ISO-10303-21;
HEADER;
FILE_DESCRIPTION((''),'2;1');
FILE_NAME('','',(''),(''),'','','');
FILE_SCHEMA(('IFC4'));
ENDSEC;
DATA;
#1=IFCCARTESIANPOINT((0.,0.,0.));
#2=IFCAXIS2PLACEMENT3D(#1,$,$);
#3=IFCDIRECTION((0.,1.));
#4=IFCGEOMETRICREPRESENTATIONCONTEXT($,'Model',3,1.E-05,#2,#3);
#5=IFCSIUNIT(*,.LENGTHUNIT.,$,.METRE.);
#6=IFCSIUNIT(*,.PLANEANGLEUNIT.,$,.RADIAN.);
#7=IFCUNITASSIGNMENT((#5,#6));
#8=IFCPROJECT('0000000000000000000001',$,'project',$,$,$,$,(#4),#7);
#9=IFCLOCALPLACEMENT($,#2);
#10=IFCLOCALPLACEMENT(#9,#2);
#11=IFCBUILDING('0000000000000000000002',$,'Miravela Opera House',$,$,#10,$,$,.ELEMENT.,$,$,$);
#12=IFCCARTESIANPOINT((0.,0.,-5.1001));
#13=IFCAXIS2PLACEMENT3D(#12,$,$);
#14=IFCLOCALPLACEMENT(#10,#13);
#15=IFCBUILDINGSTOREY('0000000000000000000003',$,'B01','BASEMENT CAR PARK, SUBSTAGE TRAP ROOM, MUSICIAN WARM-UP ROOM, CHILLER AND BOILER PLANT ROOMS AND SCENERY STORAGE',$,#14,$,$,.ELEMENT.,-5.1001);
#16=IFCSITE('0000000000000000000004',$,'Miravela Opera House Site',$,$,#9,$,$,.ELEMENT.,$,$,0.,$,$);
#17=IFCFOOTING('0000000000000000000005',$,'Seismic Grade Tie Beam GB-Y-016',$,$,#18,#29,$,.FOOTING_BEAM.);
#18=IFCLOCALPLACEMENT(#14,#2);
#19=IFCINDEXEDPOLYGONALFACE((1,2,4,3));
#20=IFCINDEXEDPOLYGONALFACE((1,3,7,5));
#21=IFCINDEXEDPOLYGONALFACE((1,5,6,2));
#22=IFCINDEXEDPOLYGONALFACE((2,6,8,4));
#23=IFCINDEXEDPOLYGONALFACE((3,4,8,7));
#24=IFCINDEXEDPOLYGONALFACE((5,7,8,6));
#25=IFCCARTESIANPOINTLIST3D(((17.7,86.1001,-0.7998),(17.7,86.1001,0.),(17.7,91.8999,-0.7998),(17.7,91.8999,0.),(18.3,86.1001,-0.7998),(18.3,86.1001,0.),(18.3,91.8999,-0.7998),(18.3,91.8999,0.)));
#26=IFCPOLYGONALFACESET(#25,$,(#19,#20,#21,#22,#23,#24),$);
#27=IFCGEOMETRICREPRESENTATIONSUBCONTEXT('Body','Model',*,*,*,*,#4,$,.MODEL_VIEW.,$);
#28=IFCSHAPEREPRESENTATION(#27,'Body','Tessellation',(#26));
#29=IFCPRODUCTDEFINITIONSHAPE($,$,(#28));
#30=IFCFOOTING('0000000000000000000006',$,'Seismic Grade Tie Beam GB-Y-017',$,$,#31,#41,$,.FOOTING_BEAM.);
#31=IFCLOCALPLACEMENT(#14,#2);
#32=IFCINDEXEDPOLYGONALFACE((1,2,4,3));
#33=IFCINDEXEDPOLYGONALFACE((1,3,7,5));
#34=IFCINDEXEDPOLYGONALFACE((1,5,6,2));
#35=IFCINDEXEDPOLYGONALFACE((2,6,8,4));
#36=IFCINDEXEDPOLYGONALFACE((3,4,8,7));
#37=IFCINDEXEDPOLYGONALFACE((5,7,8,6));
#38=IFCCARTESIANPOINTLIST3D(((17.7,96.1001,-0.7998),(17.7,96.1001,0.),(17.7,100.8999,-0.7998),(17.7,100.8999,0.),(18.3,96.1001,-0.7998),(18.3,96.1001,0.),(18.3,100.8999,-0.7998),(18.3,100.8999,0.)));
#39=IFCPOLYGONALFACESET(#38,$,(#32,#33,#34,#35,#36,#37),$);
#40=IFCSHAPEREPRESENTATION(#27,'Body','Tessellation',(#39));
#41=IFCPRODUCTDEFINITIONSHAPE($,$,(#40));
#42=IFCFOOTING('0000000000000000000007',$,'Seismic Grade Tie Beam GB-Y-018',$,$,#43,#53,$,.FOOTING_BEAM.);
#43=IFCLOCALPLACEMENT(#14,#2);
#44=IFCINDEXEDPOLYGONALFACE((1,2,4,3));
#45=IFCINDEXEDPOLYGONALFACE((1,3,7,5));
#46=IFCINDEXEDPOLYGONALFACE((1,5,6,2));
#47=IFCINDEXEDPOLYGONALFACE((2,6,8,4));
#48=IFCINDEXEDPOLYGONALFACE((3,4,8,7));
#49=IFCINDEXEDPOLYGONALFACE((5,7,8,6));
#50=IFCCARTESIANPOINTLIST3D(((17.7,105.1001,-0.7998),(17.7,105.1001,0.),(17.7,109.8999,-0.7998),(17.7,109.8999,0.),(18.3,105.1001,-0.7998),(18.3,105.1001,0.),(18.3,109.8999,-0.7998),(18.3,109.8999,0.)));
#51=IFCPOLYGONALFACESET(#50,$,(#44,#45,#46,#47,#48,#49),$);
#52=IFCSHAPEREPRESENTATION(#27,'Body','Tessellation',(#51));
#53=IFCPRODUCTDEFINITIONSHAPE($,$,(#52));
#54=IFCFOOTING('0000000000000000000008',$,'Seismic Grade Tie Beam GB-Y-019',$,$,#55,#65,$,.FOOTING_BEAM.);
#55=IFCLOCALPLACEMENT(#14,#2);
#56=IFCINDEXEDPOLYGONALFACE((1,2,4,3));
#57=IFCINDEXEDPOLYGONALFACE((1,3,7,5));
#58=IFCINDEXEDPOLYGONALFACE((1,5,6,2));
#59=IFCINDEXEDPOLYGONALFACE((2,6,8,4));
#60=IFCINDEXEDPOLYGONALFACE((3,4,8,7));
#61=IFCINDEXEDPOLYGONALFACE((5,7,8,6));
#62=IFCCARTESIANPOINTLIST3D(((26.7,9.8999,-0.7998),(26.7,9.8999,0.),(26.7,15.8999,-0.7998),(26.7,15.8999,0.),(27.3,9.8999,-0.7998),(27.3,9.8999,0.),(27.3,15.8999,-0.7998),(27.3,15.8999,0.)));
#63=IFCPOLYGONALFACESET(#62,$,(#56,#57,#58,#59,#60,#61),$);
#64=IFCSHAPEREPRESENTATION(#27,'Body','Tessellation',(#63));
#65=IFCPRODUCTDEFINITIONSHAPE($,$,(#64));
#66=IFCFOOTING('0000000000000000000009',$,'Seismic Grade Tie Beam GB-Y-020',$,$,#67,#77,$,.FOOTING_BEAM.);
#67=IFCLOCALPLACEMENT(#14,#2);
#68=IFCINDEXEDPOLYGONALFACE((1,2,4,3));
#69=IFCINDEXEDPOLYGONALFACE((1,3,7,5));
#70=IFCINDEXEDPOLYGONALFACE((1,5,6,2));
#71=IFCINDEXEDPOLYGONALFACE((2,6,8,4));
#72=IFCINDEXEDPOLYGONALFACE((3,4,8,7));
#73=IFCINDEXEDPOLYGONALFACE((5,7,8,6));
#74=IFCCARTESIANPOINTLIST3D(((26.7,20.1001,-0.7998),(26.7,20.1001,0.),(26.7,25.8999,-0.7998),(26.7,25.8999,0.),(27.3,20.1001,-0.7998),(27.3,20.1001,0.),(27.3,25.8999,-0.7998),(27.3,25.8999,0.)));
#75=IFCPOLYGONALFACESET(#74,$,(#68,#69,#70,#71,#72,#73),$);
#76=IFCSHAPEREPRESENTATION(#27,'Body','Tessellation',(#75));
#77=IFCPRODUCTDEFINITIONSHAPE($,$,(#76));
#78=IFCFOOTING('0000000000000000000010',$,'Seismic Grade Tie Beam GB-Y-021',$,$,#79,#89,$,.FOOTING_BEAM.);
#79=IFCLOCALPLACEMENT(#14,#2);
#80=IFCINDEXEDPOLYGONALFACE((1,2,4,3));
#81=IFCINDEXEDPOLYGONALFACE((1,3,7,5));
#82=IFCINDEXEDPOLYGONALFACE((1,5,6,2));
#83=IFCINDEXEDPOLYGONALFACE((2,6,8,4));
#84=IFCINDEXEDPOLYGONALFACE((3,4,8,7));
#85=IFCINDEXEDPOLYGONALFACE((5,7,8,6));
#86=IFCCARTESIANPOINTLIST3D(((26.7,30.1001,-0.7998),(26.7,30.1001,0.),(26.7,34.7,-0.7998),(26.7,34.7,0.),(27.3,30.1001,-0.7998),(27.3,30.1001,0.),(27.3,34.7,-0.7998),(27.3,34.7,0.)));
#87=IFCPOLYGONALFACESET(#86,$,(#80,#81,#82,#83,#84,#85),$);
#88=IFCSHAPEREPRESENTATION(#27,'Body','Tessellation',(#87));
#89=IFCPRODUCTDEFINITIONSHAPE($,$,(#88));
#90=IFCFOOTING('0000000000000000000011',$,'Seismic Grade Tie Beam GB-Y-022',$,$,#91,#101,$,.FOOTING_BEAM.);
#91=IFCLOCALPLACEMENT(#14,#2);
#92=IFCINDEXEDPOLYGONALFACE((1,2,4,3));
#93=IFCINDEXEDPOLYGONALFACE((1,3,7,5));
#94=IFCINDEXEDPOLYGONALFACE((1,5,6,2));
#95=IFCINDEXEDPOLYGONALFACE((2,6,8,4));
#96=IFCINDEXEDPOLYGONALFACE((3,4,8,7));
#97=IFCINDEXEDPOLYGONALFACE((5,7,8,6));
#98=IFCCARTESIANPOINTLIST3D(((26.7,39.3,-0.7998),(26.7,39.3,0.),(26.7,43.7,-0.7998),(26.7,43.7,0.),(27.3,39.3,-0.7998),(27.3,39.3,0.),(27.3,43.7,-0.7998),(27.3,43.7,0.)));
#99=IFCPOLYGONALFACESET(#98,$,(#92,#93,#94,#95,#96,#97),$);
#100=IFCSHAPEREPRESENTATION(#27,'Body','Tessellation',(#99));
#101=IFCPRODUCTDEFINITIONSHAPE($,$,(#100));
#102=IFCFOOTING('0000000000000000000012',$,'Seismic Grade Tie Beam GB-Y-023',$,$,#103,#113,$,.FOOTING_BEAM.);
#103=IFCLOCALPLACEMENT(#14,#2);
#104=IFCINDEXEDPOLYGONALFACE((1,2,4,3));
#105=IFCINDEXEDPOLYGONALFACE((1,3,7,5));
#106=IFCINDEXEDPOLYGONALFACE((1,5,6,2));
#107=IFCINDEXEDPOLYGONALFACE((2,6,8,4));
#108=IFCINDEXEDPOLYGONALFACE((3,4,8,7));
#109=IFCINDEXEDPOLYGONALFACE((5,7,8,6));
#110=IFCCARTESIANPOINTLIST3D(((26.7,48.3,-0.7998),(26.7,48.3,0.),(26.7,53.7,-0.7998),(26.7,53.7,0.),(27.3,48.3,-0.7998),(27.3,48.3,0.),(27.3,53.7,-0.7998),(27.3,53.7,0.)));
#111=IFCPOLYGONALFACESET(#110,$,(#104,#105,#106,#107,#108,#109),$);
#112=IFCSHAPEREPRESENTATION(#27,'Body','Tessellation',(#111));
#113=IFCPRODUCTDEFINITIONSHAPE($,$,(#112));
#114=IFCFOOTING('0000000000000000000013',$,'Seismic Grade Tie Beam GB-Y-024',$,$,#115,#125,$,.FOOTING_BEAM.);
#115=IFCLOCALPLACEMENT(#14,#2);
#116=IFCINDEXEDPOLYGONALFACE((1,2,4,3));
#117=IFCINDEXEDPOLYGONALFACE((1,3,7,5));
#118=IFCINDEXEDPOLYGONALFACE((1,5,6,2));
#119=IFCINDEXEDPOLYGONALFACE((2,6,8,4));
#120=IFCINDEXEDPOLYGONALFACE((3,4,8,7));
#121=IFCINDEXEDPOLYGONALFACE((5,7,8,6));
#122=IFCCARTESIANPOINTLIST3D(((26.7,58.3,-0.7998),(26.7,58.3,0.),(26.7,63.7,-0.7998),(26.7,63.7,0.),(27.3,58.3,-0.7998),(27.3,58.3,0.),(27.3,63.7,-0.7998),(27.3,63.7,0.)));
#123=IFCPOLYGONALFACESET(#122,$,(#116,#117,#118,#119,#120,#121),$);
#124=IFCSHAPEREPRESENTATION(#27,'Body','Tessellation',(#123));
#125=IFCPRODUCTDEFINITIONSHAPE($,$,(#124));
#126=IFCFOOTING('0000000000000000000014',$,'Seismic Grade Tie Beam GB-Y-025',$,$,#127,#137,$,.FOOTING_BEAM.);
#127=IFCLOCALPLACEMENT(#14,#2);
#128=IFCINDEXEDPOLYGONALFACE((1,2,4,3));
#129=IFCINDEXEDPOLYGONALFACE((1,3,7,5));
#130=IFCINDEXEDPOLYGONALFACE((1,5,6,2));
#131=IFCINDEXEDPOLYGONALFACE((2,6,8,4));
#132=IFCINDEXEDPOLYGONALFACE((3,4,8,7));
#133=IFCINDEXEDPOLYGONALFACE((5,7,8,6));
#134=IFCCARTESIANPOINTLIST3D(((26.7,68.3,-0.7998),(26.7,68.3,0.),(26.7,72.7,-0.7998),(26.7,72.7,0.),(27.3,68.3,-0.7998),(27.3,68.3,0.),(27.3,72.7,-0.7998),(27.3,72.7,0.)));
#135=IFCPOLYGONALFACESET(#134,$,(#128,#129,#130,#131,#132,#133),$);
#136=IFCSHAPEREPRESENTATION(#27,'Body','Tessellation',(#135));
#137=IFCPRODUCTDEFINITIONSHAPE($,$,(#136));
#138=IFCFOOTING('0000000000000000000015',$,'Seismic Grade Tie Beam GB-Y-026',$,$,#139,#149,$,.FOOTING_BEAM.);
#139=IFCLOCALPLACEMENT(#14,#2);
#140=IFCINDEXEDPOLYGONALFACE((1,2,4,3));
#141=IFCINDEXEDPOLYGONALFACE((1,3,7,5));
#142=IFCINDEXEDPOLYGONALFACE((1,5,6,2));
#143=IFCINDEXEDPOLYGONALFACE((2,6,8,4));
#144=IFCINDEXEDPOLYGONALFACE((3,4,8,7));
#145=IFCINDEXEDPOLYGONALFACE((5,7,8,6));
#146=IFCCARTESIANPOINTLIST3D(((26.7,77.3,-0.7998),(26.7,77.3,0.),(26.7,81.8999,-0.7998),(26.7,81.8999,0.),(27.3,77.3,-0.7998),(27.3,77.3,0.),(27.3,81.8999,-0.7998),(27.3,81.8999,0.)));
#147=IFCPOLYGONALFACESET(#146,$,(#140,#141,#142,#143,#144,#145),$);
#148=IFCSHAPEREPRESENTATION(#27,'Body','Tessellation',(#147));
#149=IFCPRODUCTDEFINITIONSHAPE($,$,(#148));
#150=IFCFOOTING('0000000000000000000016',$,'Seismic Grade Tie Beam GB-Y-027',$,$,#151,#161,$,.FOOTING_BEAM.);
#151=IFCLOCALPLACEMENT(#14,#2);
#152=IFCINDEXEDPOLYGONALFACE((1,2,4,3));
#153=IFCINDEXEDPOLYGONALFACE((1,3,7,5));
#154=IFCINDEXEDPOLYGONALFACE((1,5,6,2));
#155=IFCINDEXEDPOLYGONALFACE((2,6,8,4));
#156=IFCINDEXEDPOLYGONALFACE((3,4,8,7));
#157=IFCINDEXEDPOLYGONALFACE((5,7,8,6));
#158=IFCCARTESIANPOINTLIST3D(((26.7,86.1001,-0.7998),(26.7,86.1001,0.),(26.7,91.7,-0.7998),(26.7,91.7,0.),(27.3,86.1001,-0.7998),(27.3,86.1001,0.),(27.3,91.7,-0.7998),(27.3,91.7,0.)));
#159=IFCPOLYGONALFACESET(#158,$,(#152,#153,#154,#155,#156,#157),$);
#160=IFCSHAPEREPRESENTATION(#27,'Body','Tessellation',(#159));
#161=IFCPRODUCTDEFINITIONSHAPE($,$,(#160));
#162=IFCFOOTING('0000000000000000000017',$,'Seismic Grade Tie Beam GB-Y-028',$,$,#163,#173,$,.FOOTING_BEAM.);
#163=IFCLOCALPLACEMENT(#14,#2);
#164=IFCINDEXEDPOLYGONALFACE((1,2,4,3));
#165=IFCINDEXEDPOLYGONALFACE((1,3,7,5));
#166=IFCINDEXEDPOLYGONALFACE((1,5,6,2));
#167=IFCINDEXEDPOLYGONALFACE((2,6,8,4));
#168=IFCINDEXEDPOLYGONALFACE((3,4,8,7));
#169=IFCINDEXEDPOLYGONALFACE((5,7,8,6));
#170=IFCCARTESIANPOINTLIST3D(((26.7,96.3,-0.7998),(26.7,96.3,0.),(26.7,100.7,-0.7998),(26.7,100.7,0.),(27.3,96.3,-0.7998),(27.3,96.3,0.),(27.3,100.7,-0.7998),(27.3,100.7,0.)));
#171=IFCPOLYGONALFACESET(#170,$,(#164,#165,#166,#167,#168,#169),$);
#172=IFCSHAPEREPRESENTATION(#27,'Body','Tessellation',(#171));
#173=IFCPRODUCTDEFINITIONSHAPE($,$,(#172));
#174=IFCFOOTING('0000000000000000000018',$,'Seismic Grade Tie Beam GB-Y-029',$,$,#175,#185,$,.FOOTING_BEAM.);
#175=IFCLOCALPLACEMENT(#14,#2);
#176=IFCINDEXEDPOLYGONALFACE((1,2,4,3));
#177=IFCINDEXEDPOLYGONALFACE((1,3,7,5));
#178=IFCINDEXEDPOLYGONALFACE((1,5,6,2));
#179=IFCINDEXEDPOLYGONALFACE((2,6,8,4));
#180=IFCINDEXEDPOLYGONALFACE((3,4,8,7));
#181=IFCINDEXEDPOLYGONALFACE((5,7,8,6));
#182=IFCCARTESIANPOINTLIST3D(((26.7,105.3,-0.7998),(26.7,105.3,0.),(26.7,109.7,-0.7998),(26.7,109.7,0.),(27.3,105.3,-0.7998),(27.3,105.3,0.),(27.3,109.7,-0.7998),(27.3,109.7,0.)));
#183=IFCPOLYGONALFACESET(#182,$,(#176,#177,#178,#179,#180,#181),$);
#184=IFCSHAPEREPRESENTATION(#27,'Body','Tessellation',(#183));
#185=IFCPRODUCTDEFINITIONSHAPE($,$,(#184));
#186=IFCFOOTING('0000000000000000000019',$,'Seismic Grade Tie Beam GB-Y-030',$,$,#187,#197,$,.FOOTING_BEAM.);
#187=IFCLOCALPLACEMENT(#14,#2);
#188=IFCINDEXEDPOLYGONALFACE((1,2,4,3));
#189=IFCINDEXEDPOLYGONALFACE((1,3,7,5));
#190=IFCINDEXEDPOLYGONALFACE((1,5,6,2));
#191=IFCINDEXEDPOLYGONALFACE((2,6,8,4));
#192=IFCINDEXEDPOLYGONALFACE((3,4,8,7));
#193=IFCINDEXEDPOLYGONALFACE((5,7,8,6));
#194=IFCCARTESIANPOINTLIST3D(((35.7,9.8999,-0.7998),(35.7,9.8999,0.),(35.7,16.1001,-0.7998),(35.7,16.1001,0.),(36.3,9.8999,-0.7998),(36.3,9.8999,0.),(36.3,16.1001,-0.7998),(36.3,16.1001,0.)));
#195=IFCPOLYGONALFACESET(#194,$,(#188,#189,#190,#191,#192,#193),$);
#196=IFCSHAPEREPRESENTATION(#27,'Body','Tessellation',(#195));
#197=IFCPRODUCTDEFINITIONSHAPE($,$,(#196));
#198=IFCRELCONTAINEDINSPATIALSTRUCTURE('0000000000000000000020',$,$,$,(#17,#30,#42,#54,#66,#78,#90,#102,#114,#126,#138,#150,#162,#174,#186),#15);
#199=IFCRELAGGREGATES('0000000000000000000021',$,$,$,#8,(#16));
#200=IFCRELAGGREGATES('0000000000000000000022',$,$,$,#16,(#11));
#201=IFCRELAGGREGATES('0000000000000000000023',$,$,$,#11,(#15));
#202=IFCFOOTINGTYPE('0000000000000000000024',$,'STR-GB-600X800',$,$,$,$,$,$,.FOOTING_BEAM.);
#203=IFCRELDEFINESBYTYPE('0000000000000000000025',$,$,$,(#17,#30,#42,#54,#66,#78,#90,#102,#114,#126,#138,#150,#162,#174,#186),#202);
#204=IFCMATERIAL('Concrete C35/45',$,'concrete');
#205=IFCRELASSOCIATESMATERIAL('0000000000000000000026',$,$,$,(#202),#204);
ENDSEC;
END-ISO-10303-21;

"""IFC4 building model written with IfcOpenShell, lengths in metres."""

from ifc_helpers import new_model, si_unit, direction, frame, origin, place, context, subcontext, project, spatial, polyline, outline, extrude, material, type_object, element, save


model = new_model("IFC4")

# Units and contexts
model_context = context("Model", 3, precision=1e-05, world=origin(), true_north=direction((0.0, 1.0)))
body_context = subcontext(model_context, "Body", "Model", "MODEL_VIEW")
ifc_project = project(units=[si_unit("LENGTHUNIT", "METRE"), si_unit("PLANEANGLEUNIT", "RADIAN")], contexts=[model_context])

# Site, building, storey
site_placement = place(None, origin())
site = spatial("IfcSite", under=ifc_project, at=site_placement, Name="Miravela Opera House Site", CompositionType="ELEMENT", RefElevation=0.0)
building_placement = place(site_placement, origin())
building = spatial("IfcBuilding", under=site, at=building_placement, Name="Miravela Opera House", CompositionType="ELEMENT")
storey_placement = place(building_placement, frame((0.0, 0.0, -5.1001)))
storey = spatial("IfcBuildingStorey", under=building, at=storey_placement, Name="B01", Description="BASEMENT CAR PARK, SUBSTAGE TRAP ROOM, MUSICIAN WARM-UP ROOM, CHILLER AND BOILER PLANT ROOMS AND SCENERY STORAGE", CompositionType="ELEMENT", Elevation=-5.1001)

# Footings
ifc_material = material(Name="Concrete C35/45", Category="concrete")
footing_type_1 = type_object("IfcFootingType", Name="STR-GB-600X800", PredefinedType="FOOTING_BEAM", material=ifc_material)
footing_1_placement = place(storey_placement, frame((0.0, 0.0, -0.7998)))
element("IfcFooting", 1, at=footing_1_placement, inside=storey, type_object=footing_type_1, Name="Seismic Grade Tie Beam GB-Y-016", PredefinedType="FOOTING_BEAM", context=body_context, shape_type="SweptSolid", body=[
    extrude(outline(polyline([(17.7, 86.1001), (18.3, 86.1001), (18.3, 91.8999), (17.7, 91.8999), (17.7, 86.1001)])), origin(), (0.0, 0.0, 1.0), 0.7998),
])
footing_2_placement = place(storey_placement, frame((0.0, 0.0, -0.7998)))
element("IfcFooting", 2, at=footing_2_placement, inside=storey, type_object=footing_type_1, Name="Seismic Grade Tie Beam GB-Y-017", PredefinedType="FOOTING_BEAM", context=body_context, shape_type="SweptSolid", body=[
    extrude(outline(polyline([(17.7, 96.1001), (18.3, 96.1001), (18.3, 100.8999), (17.7, 100.8999), (17.7, 96.1001)])), origin(), (0.0, 0.0, 1.0), 0.7998),
])
footing_3_placement = place(storey_placement, frame((0.0, 0.0, -0.7998)))
element("IfcFooting", 3, at=footing_3_placement, inside=storey, type_object=footing_type_1, Name="Seismic Grade Tie Beam GB-Y-018", PredefinedType="FOOTING_BEAM", context=body_context, shape_type="SweptSolid", body=[
    extrude(outline(polyline([(17.7, 105.1001), (18.3, 105.1001), (18.3, 109.8999), (17.7, 109.8999), (17.7, 105.1001)])), origin(), (0.0, 0.0, 1.0), 0.7998),
])
footing_4_placement = place(storey_placement, frame((0.0, 0.0, -0.7998)))
element("IfcFooting", 4, at=footing_4_placement, inside=storey, type_object=footing_type_1, Name="Seismic Grade Tie Beam GB-Y-019", PredefinedType="FOOTING_BEAM", context=body_context, shape_type="SweptSolid", body=[
    extrude(outline(polyline([(26.7, 9.8999), (27.3, 9.8999), (27.3, 15.8999), (26.7, 15.8999), (26.7, 9.8999)])), origin(), (0.0, 0.0, 1.0), 0.7998),
])
footing_5_placement = place(storey_placement, frame((0.0, 0.0, -0.7998)))
element("IfcFooting", 5, at=footing_5_placement, inside=storey, type_object=footing_type_1, Name="Seismic Grade Tie Beam GB-Y-020", PredefinedType="FOOTING_BEAM", context=body_context, shape_type="SweptSolid", body=[
    extrude(outline(polyline([(26.7, 20.1001), (27.3, 20.1001), (27.3, 25.8999), (26.7, 25.8999), (26.7, 20.1001)])), origin(), (0.0, 0.0, 1.0), 0.7998),
])
footing_6_placement = place(storey_placement, frame((0.0, 0.0, -0.7998)))
element("IfcFooting", 6, at=footing_6_placement, inside=storey, type_object=footing_type_1, Name="Seismic Grade Tie Beam GB-Y-021", PredefinedType="FOOTING_BEAM", context=body_context, shape_type="SweptSolid", body=[
    extrude(outline(polyline([(26.7, 30.1001), (27.3, 30.1001), (27.3, 34.7), (26.7, 34.7), (26.7, 30.1001)])), origin(), (0.0, 0.0, 1.0), 0.7998),
])
footing_7_placement = place(storey_placement, frame((0.0, 0.0, -0.7998)))
element("IfcFooting", 7, at=footing_7_placement, inside=storey, type_object=footing_type_1, Name="Seismic Grade Tie Beam GB-Y-022", PredefinedType="FOOTING_BEAM", context=body_context, shape_type="SweptSolid", body=[
    extrude(outline(polyline([(26.7, 39.3), (27.3, 39.3), (27.3, 43.7), (26.7, 43.7), (26.7, 39.3)])), origin(), (0.0, 0.0, 1.0), 0.7998),
])
footing_8_placement = place(storey_placement, frame((0.0, 0.0, -0.7998)))
element("IfcFooting", 8, at=footing_8_placement, inside=storey, type_object=footing_type_1, Name="Seismic Grade Tie Beam GB-Y-023", PredefinedType="FOOTING_BEAM", context=body_context, shape_type="SweptSolid", body=[
    extrude(outline(polyline([(26.7, 48.3), (27.3, 48.3), (27.3, 53.7), (26.7, 53.7), (26.7, 48.3)])), origin(), (0.0, 0.0, 1.0), 0.7998),
])
footing_9_placement = place(storey_placement, frame((0.0, 0.0, -0.7998)))
element("IfcFooting", 9, at=footing_9_placement, inside=storey, type_object=footing_type_1, Name="Seismic Grade Tie Beam GB-Y-024", PredefinedType="FOOTING_BEAM", context=body_context, shape_type="SweptSolid", body=[
    extrude(outline(polyline([(26.7, 58.3), (27.3, 58.3), (27.3, 63.7), (26.7, 63.7), (26.7, 58.3)])), origin(), (0.0, 0.0, 1.0), 0.7998),
])
footing_10_placement = place(storey_placement, frame((0.0, 0.0, -0.7998)))
element("IfcFooting", 10, at=footing_10_placement, inside=storey, type_object=footing_type_1, Name="Seismic Grade Tie Beam GB-Y-025", PredefinedType="FOOTING_BEAM", context=body_context, shape_type="SweptSolid", body=[
    extrude(outline(polyline([(26.7, 68.3), (27.3, 68.3), (27.3, 72.7), (26.7, 72.7), (26.7, 68.3)])), origin(), (0.0, 0.0, 1.0), 0.7998),
])
footing_11_placement = place(storey_placement, frame((0.0, 0.0, -0.7998)))
element("IfcFooting", 11, at=footing_11_placement, inside=storey, type_object=footing_type_1, Name="Seismic Grade Tie Beam GB-Y-026", PredefinedType="FOOTING_BEAM", context=body_context, shape_type="SweptSolid", body=[
    extrude(outline(polyline([(26.7, 77.3), (27.3, 77.3), (27.3, 81.8999), (26.7, 81.8999), (26.7, 77.3)])), origin(), (0.0, 0.0, 1.0), 0.7998),
])
footing_12_placement = place(storey_placement, frame((0.0, 0.0, -0.7998)))
element("IfcFooting", 12, at=footing_12_placement, inside=storey, type_object=footing_type_1, Name="Seismic Grade Tie Beam GB-Y-027", PredefinedType="FOOTING_BEAM", context=body_context, shape_type="SweptSolid", body=[
    extrude(outline(polyline([(26.7, 86.1001), (27.3, 86.1001), (27.3, 91.7), (26.7, 91.7), (26.7, 86.1001)])), origin(), (0.0, 0.0, 1.0), 0.7998),
])
footing_13_placement = place(storey_placement, frame((0.0, 0.0, -0.7998)))
element("IfcFooting", 13, at=footing_13_placement, inside=storey, type_object=footing_type_1, Name="Seismic Grade Tie Beam GB-Y-028", PredefinedType="FOOTING_BEAM", context=body_context, shape_type="SweptSolid", body=[
    extrude(outline(polyline([(26.7, 96.3), (27.3, 96.3), (27.3, 100.7), (26.7, 100.7), (26.7, 96.3)])), origin(), (0.0, 0.0, 1.0), 0.7998),
])
footing_14_placement = place(storey_placement, frame((0.0, 0.0, -0.7998)))
element("IfcFooting", 14, at=footing_14_placement, inside=storey, type_object=footing_type_1, Name="Seismic Grade Tie Beam GB-Y-029", PredefinedType="FOOTING_BEAM", context=body_context, shape_type="SweptSolid", body=[
    extrude(outline(polyline([(26.7, 105.3), (27.3, 105.3), (27.3, 109.7), (26.7, 109.7), (26.7, 105.3)])), origin(), (0.0, 0.0, 1.0), 0.7998),
])
footing_15_placement = place(storey_placement, frame((0.0, 0.0, -0.7998)))
element("IfcFooting", 15, at=footing_15_placement, inside=storey, type_object=footing_type_1, Name="Seismic Grade Tie Beam GB-Y-030", PredefinedType="FOOTING_BEAM", context=body_context, shape_type="SweptSolid", body=[
    extrude(outline(polyline([(35.7, 9.8999), (36.3, 9.8999), (36.3, 16.1001), (35.7, 16.1001), (35.7, 9.8999)])), origin(), (0.0, 0.0, 1.0), 0.7998),
])

save(model, "model.ifc")
